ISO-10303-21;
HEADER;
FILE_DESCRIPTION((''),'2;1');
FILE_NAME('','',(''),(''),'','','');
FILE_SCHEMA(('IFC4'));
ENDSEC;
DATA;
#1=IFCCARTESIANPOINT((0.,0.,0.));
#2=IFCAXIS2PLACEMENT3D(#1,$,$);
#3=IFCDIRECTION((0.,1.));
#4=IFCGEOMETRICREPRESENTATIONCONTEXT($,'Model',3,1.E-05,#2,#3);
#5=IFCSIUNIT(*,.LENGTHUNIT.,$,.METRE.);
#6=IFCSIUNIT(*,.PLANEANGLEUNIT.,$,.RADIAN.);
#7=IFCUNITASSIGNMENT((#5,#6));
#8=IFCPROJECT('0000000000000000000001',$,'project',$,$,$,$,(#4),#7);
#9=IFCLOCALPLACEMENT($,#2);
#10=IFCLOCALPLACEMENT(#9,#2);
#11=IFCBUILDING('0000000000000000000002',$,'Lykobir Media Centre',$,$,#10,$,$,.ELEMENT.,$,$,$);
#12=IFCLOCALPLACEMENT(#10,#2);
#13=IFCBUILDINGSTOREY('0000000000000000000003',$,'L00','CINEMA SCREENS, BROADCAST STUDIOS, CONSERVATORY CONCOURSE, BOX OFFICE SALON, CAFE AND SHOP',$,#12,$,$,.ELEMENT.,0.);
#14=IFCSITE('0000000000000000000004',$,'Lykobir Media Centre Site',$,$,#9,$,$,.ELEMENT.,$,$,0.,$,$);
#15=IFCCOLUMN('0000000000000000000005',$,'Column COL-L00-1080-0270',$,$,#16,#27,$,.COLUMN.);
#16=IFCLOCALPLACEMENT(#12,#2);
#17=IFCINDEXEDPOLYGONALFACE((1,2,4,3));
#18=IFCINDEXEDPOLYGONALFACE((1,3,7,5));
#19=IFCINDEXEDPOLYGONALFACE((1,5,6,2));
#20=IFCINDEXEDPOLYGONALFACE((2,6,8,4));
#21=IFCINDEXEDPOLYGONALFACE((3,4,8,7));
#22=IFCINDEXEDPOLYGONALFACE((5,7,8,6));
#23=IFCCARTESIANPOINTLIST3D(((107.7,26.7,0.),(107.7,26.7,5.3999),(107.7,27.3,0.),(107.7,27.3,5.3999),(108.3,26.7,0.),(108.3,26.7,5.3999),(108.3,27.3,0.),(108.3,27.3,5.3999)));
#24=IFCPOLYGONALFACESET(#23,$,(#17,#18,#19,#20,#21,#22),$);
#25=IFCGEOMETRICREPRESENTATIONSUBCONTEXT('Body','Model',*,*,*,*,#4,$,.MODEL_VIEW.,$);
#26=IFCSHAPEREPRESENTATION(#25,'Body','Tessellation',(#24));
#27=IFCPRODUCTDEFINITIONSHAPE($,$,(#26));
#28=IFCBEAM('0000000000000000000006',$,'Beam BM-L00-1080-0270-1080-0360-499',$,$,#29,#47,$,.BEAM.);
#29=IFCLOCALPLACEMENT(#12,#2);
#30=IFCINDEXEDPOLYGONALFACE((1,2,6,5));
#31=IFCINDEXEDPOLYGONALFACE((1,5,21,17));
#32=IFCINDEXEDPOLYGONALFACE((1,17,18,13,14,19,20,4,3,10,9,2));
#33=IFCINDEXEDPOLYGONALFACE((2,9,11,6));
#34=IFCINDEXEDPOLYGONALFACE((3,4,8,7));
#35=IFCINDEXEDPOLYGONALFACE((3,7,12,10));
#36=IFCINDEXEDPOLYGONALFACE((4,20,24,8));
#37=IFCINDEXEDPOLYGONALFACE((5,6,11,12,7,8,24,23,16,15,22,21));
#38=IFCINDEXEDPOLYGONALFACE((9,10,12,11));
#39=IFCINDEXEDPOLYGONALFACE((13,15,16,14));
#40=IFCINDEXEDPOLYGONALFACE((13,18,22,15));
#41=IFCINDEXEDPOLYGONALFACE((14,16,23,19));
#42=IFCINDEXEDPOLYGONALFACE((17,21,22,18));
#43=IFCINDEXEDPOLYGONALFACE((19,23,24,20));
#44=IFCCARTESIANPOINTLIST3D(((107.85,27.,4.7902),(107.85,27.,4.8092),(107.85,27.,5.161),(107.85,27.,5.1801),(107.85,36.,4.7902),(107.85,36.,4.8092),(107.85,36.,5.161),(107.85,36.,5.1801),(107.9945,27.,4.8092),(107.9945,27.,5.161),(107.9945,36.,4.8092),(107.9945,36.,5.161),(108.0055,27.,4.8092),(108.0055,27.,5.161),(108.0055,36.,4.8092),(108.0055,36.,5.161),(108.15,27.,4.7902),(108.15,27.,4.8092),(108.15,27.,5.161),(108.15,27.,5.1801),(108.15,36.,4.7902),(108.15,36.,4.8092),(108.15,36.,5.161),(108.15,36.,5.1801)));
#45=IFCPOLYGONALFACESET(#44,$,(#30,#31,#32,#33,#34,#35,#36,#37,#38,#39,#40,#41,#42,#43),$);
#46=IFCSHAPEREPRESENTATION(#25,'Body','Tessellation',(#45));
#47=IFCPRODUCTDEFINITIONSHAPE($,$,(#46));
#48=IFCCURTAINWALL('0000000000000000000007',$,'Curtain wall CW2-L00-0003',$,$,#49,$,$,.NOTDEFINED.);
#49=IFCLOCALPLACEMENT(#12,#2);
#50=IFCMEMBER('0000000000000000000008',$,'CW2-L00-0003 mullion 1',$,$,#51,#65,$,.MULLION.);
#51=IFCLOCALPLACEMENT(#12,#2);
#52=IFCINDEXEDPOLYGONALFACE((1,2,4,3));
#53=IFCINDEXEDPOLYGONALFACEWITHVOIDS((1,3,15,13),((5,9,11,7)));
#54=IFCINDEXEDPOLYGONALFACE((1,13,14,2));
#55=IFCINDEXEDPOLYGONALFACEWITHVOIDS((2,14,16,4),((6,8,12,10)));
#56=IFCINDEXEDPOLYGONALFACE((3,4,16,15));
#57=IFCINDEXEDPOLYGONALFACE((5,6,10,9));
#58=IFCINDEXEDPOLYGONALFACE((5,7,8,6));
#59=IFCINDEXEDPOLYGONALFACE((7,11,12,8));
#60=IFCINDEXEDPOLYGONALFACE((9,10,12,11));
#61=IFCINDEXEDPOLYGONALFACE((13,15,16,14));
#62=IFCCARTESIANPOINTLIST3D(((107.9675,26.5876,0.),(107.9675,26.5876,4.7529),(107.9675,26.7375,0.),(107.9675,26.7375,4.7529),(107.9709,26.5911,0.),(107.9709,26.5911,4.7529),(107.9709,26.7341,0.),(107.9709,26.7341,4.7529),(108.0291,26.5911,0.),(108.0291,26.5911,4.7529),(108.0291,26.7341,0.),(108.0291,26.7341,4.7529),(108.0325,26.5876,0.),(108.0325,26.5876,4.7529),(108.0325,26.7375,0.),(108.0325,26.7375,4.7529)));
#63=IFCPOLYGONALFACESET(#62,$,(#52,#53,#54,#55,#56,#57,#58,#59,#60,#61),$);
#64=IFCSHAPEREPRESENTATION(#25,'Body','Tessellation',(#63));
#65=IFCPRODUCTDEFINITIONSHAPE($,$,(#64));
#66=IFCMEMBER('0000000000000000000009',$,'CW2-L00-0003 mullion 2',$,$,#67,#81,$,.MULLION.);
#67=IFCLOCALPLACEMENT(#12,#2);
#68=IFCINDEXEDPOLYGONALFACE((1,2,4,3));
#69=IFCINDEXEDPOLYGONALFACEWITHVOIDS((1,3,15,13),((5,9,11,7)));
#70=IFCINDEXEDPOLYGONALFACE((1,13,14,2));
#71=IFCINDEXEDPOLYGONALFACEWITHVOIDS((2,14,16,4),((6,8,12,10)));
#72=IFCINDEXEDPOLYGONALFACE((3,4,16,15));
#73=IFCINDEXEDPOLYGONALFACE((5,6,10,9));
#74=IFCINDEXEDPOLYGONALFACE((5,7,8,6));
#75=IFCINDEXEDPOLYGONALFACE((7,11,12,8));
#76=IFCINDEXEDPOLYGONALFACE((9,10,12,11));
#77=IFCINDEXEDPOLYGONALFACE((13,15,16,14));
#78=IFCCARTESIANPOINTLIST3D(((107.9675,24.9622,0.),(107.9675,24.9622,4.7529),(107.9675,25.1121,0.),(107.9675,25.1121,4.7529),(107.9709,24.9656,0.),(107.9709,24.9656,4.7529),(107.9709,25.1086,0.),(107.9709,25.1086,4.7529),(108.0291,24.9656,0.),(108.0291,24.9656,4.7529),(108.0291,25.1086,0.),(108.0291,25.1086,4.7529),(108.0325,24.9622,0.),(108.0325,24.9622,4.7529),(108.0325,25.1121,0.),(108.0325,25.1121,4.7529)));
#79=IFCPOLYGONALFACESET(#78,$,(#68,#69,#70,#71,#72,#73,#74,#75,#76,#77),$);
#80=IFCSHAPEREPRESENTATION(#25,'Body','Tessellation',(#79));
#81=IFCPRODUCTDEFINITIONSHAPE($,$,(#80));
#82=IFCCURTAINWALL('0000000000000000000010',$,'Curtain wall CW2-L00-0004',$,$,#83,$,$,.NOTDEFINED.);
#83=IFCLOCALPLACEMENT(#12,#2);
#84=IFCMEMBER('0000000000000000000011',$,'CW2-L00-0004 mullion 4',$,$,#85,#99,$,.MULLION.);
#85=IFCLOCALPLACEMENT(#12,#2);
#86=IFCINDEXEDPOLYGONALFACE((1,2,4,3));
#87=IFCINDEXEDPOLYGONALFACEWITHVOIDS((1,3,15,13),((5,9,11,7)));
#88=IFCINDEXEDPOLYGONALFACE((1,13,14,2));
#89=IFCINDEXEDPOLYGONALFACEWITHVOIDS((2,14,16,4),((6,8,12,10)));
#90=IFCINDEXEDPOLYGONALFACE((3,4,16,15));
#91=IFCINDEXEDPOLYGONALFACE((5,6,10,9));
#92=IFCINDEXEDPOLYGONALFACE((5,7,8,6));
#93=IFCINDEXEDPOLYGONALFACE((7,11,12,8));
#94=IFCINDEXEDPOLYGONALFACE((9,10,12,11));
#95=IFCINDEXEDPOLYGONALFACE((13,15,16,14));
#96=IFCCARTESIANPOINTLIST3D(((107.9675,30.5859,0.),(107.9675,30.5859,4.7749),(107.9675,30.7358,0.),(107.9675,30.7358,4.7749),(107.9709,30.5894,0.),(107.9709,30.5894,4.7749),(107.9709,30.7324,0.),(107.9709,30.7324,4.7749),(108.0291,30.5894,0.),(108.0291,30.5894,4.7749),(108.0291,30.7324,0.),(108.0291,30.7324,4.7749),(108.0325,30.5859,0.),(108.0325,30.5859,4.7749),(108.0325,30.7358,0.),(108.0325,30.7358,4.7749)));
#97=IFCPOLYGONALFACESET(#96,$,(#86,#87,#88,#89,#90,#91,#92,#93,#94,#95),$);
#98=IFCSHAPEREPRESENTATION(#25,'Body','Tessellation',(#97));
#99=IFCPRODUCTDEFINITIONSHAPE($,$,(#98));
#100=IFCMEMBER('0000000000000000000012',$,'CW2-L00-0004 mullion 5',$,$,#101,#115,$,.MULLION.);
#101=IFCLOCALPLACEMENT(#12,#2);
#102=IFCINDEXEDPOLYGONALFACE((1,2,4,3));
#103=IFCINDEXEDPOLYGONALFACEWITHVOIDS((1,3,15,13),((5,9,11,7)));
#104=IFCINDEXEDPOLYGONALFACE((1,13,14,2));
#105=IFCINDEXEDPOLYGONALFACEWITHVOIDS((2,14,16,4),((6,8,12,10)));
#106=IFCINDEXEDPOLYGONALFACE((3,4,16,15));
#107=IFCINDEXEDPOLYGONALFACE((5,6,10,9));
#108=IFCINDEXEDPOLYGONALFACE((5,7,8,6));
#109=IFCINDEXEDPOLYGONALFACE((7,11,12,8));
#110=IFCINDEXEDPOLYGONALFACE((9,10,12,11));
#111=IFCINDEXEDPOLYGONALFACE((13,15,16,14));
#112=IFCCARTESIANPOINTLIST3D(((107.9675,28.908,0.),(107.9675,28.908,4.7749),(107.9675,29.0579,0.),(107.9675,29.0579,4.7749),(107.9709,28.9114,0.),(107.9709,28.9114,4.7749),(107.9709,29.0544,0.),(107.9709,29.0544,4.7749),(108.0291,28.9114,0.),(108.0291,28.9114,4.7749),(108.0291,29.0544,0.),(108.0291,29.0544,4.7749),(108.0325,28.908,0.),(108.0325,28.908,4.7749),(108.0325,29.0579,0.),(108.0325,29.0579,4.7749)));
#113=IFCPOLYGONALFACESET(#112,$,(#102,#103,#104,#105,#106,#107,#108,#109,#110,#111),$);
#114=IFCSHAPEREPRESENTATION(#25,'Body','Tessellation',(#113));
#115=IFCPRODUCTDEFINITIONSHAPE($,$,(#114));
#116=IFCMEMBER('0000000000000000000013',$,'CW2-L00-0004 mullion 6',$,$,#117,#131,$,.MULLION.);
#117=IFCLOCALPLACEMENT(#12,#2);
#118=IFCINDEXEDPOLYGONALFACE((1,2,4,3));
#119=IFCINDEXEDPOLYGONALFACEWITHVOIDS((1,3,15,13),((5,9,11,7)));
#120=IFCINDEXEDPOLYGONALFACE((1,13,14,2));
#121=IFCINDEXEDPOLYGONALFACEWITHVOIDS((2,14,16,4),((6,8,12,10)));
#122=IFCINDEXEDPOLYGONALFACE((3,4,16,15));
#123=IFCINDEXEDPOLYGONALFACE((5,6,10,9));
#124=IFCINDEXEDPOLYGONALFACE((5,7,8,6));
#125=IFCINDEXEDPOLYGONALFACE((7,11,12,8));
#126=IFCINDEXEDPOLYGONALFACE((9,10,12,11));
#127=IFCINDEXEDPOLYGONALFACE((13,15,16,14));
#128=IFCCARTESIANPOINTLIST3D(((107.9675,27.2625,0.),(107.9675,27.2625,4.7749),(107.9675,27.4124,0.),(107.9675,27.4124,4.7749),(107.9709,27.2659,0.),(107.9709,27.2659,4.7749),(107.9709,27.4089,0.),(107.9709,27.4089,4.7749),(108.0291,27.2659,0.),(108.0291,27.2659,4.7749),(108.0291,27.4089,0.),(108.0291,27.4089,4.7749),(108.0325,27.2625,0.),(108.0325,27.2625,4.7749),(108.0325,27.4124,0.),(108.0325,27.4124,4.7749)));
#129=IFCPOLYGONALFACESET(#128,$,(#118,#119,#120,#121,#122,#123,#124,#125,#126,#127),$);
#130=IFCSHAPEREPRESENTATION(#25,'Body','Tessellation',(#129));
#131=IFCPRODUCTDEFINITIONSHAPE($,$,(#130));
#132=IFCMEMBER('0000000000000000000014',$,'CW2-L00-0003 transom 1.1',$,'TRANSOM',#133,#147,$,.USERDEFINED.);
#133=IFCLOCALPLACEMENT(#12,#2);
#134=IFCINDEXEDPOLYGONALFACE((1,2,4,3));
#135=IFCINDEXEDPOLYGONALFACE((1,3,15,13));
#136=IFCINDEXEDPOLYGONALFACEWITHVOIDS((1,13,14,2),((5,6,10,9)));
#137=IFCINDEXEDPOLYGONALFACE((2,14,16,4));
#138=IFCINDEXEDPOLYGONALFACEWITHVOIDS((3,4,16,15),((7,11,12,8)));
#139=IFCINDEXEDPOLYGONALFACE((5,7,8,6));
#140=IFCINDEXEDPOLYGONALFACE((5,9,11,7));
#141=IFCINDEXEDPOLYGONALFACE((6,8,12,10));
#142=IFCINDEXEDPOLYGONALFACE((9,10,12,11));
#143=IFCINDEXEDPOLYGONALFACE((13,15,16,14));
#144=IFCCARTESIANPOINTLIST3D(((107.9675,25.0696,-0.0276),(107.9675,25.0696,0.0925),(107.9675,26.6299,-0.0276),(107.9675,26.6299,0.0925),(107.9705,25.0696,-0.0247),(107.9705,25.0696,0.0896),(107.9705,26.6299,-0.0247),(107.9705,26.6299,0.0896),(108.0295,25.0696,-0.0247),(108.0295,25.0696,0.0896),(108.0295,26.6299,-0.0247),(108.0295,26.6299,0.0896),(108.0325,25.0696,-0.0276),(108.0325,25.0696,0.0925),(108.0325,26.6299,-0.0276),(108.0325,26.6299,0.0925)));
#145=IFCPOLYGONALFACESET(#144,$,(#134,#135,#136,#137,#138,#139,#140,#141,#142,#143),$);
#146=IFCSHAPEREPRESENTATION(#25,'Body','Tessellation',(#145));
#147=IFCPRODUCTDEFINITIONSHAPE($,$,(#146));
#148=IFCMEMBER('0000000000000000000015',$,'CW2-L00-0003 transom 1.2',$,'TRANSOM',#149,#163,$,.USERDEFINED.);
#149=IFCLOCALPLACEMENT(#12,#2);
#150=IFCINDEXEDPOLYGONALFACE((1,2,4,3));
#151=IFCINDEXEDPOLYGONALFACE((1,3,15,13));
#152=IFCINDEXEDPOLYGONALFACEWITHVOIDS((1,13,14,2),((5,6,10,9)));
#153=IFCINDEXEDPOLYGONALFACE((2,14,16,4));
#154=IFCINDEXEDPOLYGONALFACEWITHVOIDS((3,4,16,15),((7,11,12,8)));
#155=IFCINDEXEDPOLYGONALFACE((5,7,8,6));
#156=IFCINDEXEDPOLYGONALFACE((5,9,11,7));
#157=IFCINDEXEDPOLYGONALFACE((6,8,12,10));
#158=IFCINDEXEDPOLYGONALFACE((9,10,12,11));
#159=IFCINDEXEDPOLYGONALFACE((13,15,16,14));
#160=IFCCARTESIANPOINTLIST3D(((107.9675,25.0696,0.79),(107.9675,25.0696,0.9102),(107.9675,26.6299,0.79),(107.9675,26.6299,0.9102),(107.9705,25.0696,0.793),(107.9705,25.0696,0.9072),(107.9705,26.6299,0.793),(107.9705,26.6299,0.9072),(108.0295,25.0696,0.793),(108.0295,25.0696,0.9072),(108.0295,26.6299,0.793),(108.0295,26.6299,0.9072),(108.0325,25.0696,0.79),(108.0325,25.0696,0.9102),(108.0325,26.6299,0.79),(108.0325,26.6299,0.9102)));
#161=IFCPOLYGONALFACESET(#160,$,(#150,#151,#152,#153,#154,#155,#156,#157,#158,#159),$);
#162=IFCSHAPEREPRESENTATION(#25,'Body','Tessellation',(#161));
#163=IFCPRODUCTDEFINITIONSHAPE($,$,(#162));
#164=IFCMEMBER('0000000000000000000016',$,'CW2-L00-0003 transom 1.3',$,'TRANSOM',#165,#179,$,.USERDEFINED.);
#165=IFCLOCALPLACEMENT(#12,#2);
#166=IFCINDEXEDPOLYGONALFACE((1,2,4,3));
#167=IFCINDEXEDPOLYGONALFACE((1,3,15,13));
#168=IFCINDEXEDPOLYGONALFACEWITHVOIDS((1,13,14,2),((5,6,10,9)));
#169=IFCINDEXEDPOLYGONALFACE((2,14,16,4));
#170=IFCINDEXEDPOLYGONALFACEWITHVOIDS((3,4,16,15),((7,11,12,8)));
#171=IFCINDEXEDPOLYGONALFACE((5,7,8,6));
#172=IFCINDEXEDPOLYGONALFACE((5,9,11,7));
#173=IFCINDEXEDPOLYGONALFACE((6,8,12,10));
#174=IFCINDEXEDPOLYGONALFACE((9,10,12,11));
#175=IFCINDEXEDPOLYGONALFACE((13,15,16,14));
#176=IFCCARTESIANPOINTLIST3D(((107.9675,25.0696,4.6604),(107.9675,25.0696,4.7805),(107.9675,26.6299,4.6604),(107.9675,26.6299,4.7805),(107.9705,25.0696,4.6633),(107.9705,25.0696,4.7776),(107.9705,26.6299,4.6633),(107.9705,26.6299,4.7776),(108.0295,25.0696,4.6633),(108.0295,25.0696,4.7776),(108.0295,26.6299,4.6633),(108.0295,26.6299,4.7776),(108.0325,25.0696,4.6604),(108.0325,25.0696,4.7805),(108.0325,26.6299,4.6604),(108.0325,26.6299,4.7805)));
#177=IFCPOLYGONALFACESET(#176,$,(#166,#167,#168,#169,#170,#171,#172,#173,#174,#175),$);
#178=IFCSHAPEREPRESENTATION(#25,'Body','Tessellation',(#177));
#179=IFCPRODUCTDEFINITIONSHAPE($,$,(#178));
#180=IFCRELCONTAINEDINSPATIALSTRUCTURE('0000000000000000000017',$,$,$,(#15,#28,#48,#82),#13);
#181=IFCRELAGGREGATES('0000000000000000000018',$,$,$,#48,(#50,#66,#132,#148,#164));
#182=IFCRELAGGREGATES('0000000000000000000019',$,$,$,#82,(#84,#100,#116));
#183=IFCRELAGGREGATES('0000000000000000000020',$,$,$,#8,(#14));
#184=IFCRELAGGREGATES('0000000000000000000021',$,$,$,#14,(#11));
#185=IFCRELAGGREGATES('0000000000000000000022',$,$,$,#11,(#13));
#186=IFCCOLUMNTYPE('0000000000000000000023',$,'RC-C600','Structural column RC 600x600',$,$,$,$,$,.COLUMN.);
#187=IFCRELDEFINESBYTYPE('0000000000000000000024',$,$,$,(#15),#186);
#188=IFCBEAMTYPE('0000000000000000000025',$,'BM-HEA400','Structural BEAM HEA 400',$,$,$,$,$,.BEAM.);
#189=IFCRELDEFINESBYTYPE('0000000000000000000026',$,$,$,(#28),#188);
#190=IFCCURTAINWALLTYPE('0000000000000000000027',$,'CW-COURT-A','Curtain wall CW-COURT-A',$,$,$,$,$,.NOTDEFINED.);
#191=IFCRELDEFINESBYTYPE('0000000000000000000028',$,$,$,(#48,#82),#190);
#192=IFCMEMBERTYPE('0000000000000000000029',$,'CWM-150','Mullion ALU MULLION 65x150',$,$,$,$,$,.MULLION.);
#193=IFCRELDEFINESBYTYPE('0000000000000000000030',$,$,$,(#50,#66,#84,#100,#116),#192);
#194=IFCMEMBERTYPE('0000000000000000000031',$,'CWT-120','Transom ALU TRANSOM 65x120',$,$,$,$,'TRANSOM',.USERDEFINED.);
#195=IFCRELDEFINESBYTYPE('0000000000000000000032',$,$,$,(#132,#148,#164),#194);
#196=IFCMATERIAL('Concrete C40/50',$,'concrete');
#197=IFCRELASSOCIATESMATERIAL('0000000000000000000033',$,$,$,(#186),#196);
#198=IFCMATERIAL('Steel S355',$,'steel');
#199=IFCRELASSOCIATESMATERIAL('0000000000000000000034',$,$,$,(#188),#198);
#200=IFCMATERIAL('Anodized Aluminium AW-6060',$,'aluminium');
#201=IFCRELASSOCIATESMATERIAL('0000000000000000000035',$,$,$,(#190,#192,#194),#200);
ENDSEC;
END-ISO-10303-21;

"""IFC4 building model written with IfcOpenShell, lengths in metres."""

from ifc_helpers import new_model, si_unit, direction, frame, origin, origin_2d, place, context, subcontext, project, spatial, rectangle, hollow_rectangle, i_section, extrude, material, material_profile, profile_set, type_object, element, aggregate, save


model = new_model("IFC4")

# Units and contexts
model_context = context("Model", 3, precision=1e-05, world=origin(), true_north=direction((0.0, 1.0)))
body_context = subcontext(model_context, "Body", "Model", "MODEL_VIEW")
ifc_project = project(units=[si_unit("LENGTHUNIT", "METRE"), si_unit("PLANEANGLEUNIT", "RADIAN")], contexts=[model_context])

# Site, building, storey
site_placement = place(None, origin())
site = spatial("IfcSite", under=ifc_project, at=site_placement, Name="Lykobir Media Centre Site", CompositionType="ELEMENT", RefElevation=0.0)
building_placement = place(site_placement, origin())
building = spatial("IfcBuilding", under=site, at=building_placement, Name="Lykobir Media Centre", CompositionType="ELEMENT")
storey_placement = place(building_placement, origin())
storey = spatial("IfcBuildingStorey", under=building, at=storey_placement, Name="L00", Description="CINEMA SCREENS, BROADCAST STUDIOS, CONSERVATORY CONCOURSE, BOX OFFICE SALON, CAFE AND SHOP", CompositionType="ELEMENT", Elevation=0.0)

# Column
ifc_material_1 = material(Name="Concrete C40/50", Category="concrete")
ifc_material_profile_1 = material_profile(ifc_material_1, rectangle(XDim=0.6001, YDim=0.6001, at=origin_2d()), Name="RC 600x600")
ifc_profile_set_1 = profile_set([ifc_material_profile_1], Name="Concrete C40/50")
column_type = type_object("IfcColumnType", Name="RC-C600", Description="Structural column RC 600x600", PredefinedType="COLUMN", material=ifc_profile_set_1)
column_placement = place(storey_placement, frame((108.0, 27.0, 0.0), z_axis=(0.0, 0.0, 1.0), x_axis=(1.0, 0.0, 0.0)))
element("IfcColumn", 1, at=column_placement, inside=storey, type_object=column_type, Name="Column COL-L00-1080-0270", PredefinedType="COLUMN", context=body_context, shape_type="SweptSolid", body=[
    extrude(rectangle(XDim=0.6001, YDim=0.6001, at=origin_2d()), origin(), (0.0, 0.0, 1.0), 5.3999),
])

# Beam
ifc_material_2 = material(Name="Steel S355", Category="steel")
ifc_material_profile_2 = material_profile(ifc_material_2, i_section(OverallWidth=0.3, OverallDepth=0.3899, WebThickness=0.011, FlangeThickness=0.019, at=origin_2d()), Name="HEA 400")
ifc_profile_set_2 = profile_set([ifc_material_profile_2], Name="Steel S355")
beam_type = type_object("IfcBeamType", Name="BM-HEA400", Description="Structural BEAM HEA 400", PredefinedType="BEAM", material=ifc_profile_set_2)
beam_placement = place(storey_placement, frame((108.0, 27.0, 4.9851), z_axis=(0.0, 1.0, 0.0), x_axis=(-1.0, 0.0, 0.0)))
element("IfcBeam", 2, at=beam_placement, inside=storey, type_object=beam_type, Name="Beam BM-L00-1080-0270-1080-0360-499", PredefinedType="BEAM", context=body_context, shape_type="SweptSolid", body=[
    extrude(i_section(OverallWidth=0.3, OverallDepth=0.3899, WebThickness=0.011, FlangeThickness=0.019, at=origin_2d()), origin(), (0.0, 0.0, 1.0), 9.0),
])

# Curtain walls, members
ifc_material_3 = material(Name="Anodized Aluminium AW-6060", Category="aluminium")
curtain_wall_type = type_object("IfcCurtainWallType", Name="CW-COURT-A", Description="Curtain wall CW-COURT-A", PredefinedType="NOTDEFINED", material=ifc_material_3)
curtain_wall_1_placement = place(storey_placement, origin())
curtain_wall_1 = element("IfcCurtainWall", 3, at=curtain_wall_1_placement, inside=storey, type_object=curtain_wall_type, Name="Curtain wall CW2-L00-0003", PredefinedType="NOTDEFINED")
ifc_material_profile_3 = material_profile(ifc_material_3, hollow_rectangle(XDim=0.0649, YDim=0.1499, WallThickness=0.0034, at=origin_2d()), Name="ALU MULLION 65x150")
ifc_profile_set_3 = profile_set([ifc_material_profile_3], Name="Anodized Aluminium AW-6060")
member_type_1 = type_object("IfcMemberType", Name="CWM-150", Description="Mullion ALU MULLION 65x150", PredefinedType="MULLION", material=ifc_profile_set_3)
member_1_placement = place(storey_placement, frame((108.0, 26.6626, 0.0), z_axis=(0.0, 0.0, 1.0), x_axis=(1.0, 0.0, 0.0)))
member_1 = element("IfcMember", 4, at=member_1_placement, type_object=member_type_1, Name="CW2-L00-0003 mullion 1", PredefinedType="MULLION", context=body_context, shape_type="SweptSolid", body=[
    extrude(hollow_rectangle(XDim=0.0649, YDim=0.1499, WallThickness=0.0034, at=origin_2d()), origin(), (0.0, 0.0, 1.0), 4.7529),
])
member_2_placement = place(storey_placement, frame((108.0, 25.0371, 0.0), z_axis=(0.0, 0.0, 1.0), x_axis=(1.0, 0.0, 0.0)))
member_2 = element("IfcMember", 5, at=member_2_placement, type_object=member_type_1, Name="CW2-L00-0003 mullion 2", PredefinedType="MULLION", context=body_context, shape_type="SweptSolid", body=[
    extrude(hollow_rectangle(XDim=0.0649, YDim=0.1499, WallThickness=0.0034, at=origin_2d()), origin(), (0.0, 0.0, 1.0), 4.7529),
])
curtain_wall_2_placement = place(storey_placement, origin())
curtain_wall_2 = element("IfcCurtainWall", 6, at=curtain_wall_2_placement, inside=storey, type_object=curtain_wall_type, Name="Curtain wall CW2-L00-0004", PredefinedType="NOTDEFINED")
member_3_placement = place(storey_placement, frame((108.0, 30.6609, 0.0), z_axis=(0.0, 0.0, 1.0), x_axis=(1.0, 0.0, 0.0)))
member_3 = element("IfcMember", 7, at=member_3_placement, type_object=member_type_1, Name="CW2-L00-0004 mullion 4", PredefinedType="MULLION", context=body_context, shape_type="SweptSolid", body=[
    extrude(hollow_rectangle(XDim=0.0649, YDim=0.1499, WallThickness=0.0034, at=origin_2d()), origin(), (0.0, 0.0, 1.0), 4.7749),
])
member_4_placement = place(storey_placement, frame((108.0, 28.9829, 0.0), z_axis=(0.0, 0.0, 1.0), x_axis=(1.0, 0.0, 0.0)))
member_4 = element("IfcMember", 8, at=member_4_placement, type_object=member_type_1, Name="CW2-L00-0004 mullion 5", PredefinedType="MULLION", context=body_context, shape_type="SweptSolid", body=[
    extrude(hollow_rectangle(XDim=0.0649, YDim=0.1499, WallThickness=0.0034, at=origin_2d()), origin(), (0.0, 0.0, 1.0), 4.7749),
])
member_5_placement = place(storey_placement, frame((108.0, 27.3374, 0.0), z_axis=(0.0, 0.0, 1.0), x_axis=(1.0, 0.0, 0.0)))
member_5 = element("IfcMember", 9, at=member_5_placement, type_object=member_type_1, Name="CW2-L00-0004 mullion 6", PredefinedType="MULLION", context=body_context, shape_type="SweptSolid", body=[
    extrude(hollow_rectangle(XDim=0.0649, YDim=0.1499, WallThickness=0.0034, at=origin_2d()), origin(), (0.0, 0.0, 1.0), 4.7749),
])

# Members
ifc_material_profile_4 = material_profile(ifc_material_3, hollow_rectangle(XDim=0.0649, YDim=0.1201, WallThickness=0.0029, at=origin_2d()), Name="ALU TRANSOM 65x120")
ifc_profile_set_4 = profile_set([ifc_material_profile_4], Name="Anodized Aluminium AW-6060")
member_type_2 = type_object("IfcMemberType", Name="CWT-120", Description="Transom ALU TRANSOM 65x120", ElementType="TRANSOM", PredefinedType="USERDEFINED", material=ifc_profile_set_4)
member_6_placement = place(storey_placement, frame((108.0, 26.6299, 0.0325), z_axis=(0.0, -1.0, 0.0), x_axis=(1.0, 0.0, 0.0)))
member_6 = element("IfcMember", 10, at=member_6_placement, type_object=member_type_2, Name="CW2-L00-0003 transom 1.1", ObjectType="TRANSOM", PredefinedType="USERDEFINED", context=body_context, shape_type="SweptSolid", body=[
    extrude(hollow_rectangle(XDim=0.0649, YDim=0.1201, WallThickness=0.0029, at=origin_2d()), origin(), (0.0, 0.0, 1.0), 1.5603),
])
member_7_placement = place(storey_placement, frame((108.0, 26.6299, 0.8501), z_axis=(0.0, -1.0, 0.0), x_axis=(1.0, 0.0, 0.0)))
member_7 = element("IfcMember", 11, at=member_7_placement, type_object=member_type_2, Name="CW2-L00-0003 transom 1.2", ObjectType="TRANSOM", PredefinedType="USERDEFINED", context=body_context, shape_type="SweptSolid", body=[
    extrude(hollow_rectangle(XDim=0.0649, YDim=0.1201, WallThickness=0.0029, at=origin_2d()), origin(), (0.0, 0.0, 1.0), 1.5603),
])
member_8_placement = place(storey_placement, frame((108.0, 26.6299, 4.7205), z_axis=(0.0, -1.0, 0.0), x_axis=(1.0, 0.0, 0.0)))
member_8 = element("IfcMember", 12, at=member_8_placement, type_object=member_type_2, Name="CW2-L00-0003 transom 1.3", ObjectType="TRANSOM", PredefinedType="USERDEFINED", context=body_context, shape_type="SweptSolid", body=[
    extrude(hollow_rectangle(XDim=0.0649, YDim=0.1201, WallThickness=0.0029, at=origin_2d()), origin(), (0.0, 0.0, 1.0), 1.5603),
])

aggregate(curtain_wall_1, [member_1, member_2, member_6, member_7, member_8])
aggregate(curtain_wall_2, [member_3, member_4, member_5])

save(model, "model.ifc")
